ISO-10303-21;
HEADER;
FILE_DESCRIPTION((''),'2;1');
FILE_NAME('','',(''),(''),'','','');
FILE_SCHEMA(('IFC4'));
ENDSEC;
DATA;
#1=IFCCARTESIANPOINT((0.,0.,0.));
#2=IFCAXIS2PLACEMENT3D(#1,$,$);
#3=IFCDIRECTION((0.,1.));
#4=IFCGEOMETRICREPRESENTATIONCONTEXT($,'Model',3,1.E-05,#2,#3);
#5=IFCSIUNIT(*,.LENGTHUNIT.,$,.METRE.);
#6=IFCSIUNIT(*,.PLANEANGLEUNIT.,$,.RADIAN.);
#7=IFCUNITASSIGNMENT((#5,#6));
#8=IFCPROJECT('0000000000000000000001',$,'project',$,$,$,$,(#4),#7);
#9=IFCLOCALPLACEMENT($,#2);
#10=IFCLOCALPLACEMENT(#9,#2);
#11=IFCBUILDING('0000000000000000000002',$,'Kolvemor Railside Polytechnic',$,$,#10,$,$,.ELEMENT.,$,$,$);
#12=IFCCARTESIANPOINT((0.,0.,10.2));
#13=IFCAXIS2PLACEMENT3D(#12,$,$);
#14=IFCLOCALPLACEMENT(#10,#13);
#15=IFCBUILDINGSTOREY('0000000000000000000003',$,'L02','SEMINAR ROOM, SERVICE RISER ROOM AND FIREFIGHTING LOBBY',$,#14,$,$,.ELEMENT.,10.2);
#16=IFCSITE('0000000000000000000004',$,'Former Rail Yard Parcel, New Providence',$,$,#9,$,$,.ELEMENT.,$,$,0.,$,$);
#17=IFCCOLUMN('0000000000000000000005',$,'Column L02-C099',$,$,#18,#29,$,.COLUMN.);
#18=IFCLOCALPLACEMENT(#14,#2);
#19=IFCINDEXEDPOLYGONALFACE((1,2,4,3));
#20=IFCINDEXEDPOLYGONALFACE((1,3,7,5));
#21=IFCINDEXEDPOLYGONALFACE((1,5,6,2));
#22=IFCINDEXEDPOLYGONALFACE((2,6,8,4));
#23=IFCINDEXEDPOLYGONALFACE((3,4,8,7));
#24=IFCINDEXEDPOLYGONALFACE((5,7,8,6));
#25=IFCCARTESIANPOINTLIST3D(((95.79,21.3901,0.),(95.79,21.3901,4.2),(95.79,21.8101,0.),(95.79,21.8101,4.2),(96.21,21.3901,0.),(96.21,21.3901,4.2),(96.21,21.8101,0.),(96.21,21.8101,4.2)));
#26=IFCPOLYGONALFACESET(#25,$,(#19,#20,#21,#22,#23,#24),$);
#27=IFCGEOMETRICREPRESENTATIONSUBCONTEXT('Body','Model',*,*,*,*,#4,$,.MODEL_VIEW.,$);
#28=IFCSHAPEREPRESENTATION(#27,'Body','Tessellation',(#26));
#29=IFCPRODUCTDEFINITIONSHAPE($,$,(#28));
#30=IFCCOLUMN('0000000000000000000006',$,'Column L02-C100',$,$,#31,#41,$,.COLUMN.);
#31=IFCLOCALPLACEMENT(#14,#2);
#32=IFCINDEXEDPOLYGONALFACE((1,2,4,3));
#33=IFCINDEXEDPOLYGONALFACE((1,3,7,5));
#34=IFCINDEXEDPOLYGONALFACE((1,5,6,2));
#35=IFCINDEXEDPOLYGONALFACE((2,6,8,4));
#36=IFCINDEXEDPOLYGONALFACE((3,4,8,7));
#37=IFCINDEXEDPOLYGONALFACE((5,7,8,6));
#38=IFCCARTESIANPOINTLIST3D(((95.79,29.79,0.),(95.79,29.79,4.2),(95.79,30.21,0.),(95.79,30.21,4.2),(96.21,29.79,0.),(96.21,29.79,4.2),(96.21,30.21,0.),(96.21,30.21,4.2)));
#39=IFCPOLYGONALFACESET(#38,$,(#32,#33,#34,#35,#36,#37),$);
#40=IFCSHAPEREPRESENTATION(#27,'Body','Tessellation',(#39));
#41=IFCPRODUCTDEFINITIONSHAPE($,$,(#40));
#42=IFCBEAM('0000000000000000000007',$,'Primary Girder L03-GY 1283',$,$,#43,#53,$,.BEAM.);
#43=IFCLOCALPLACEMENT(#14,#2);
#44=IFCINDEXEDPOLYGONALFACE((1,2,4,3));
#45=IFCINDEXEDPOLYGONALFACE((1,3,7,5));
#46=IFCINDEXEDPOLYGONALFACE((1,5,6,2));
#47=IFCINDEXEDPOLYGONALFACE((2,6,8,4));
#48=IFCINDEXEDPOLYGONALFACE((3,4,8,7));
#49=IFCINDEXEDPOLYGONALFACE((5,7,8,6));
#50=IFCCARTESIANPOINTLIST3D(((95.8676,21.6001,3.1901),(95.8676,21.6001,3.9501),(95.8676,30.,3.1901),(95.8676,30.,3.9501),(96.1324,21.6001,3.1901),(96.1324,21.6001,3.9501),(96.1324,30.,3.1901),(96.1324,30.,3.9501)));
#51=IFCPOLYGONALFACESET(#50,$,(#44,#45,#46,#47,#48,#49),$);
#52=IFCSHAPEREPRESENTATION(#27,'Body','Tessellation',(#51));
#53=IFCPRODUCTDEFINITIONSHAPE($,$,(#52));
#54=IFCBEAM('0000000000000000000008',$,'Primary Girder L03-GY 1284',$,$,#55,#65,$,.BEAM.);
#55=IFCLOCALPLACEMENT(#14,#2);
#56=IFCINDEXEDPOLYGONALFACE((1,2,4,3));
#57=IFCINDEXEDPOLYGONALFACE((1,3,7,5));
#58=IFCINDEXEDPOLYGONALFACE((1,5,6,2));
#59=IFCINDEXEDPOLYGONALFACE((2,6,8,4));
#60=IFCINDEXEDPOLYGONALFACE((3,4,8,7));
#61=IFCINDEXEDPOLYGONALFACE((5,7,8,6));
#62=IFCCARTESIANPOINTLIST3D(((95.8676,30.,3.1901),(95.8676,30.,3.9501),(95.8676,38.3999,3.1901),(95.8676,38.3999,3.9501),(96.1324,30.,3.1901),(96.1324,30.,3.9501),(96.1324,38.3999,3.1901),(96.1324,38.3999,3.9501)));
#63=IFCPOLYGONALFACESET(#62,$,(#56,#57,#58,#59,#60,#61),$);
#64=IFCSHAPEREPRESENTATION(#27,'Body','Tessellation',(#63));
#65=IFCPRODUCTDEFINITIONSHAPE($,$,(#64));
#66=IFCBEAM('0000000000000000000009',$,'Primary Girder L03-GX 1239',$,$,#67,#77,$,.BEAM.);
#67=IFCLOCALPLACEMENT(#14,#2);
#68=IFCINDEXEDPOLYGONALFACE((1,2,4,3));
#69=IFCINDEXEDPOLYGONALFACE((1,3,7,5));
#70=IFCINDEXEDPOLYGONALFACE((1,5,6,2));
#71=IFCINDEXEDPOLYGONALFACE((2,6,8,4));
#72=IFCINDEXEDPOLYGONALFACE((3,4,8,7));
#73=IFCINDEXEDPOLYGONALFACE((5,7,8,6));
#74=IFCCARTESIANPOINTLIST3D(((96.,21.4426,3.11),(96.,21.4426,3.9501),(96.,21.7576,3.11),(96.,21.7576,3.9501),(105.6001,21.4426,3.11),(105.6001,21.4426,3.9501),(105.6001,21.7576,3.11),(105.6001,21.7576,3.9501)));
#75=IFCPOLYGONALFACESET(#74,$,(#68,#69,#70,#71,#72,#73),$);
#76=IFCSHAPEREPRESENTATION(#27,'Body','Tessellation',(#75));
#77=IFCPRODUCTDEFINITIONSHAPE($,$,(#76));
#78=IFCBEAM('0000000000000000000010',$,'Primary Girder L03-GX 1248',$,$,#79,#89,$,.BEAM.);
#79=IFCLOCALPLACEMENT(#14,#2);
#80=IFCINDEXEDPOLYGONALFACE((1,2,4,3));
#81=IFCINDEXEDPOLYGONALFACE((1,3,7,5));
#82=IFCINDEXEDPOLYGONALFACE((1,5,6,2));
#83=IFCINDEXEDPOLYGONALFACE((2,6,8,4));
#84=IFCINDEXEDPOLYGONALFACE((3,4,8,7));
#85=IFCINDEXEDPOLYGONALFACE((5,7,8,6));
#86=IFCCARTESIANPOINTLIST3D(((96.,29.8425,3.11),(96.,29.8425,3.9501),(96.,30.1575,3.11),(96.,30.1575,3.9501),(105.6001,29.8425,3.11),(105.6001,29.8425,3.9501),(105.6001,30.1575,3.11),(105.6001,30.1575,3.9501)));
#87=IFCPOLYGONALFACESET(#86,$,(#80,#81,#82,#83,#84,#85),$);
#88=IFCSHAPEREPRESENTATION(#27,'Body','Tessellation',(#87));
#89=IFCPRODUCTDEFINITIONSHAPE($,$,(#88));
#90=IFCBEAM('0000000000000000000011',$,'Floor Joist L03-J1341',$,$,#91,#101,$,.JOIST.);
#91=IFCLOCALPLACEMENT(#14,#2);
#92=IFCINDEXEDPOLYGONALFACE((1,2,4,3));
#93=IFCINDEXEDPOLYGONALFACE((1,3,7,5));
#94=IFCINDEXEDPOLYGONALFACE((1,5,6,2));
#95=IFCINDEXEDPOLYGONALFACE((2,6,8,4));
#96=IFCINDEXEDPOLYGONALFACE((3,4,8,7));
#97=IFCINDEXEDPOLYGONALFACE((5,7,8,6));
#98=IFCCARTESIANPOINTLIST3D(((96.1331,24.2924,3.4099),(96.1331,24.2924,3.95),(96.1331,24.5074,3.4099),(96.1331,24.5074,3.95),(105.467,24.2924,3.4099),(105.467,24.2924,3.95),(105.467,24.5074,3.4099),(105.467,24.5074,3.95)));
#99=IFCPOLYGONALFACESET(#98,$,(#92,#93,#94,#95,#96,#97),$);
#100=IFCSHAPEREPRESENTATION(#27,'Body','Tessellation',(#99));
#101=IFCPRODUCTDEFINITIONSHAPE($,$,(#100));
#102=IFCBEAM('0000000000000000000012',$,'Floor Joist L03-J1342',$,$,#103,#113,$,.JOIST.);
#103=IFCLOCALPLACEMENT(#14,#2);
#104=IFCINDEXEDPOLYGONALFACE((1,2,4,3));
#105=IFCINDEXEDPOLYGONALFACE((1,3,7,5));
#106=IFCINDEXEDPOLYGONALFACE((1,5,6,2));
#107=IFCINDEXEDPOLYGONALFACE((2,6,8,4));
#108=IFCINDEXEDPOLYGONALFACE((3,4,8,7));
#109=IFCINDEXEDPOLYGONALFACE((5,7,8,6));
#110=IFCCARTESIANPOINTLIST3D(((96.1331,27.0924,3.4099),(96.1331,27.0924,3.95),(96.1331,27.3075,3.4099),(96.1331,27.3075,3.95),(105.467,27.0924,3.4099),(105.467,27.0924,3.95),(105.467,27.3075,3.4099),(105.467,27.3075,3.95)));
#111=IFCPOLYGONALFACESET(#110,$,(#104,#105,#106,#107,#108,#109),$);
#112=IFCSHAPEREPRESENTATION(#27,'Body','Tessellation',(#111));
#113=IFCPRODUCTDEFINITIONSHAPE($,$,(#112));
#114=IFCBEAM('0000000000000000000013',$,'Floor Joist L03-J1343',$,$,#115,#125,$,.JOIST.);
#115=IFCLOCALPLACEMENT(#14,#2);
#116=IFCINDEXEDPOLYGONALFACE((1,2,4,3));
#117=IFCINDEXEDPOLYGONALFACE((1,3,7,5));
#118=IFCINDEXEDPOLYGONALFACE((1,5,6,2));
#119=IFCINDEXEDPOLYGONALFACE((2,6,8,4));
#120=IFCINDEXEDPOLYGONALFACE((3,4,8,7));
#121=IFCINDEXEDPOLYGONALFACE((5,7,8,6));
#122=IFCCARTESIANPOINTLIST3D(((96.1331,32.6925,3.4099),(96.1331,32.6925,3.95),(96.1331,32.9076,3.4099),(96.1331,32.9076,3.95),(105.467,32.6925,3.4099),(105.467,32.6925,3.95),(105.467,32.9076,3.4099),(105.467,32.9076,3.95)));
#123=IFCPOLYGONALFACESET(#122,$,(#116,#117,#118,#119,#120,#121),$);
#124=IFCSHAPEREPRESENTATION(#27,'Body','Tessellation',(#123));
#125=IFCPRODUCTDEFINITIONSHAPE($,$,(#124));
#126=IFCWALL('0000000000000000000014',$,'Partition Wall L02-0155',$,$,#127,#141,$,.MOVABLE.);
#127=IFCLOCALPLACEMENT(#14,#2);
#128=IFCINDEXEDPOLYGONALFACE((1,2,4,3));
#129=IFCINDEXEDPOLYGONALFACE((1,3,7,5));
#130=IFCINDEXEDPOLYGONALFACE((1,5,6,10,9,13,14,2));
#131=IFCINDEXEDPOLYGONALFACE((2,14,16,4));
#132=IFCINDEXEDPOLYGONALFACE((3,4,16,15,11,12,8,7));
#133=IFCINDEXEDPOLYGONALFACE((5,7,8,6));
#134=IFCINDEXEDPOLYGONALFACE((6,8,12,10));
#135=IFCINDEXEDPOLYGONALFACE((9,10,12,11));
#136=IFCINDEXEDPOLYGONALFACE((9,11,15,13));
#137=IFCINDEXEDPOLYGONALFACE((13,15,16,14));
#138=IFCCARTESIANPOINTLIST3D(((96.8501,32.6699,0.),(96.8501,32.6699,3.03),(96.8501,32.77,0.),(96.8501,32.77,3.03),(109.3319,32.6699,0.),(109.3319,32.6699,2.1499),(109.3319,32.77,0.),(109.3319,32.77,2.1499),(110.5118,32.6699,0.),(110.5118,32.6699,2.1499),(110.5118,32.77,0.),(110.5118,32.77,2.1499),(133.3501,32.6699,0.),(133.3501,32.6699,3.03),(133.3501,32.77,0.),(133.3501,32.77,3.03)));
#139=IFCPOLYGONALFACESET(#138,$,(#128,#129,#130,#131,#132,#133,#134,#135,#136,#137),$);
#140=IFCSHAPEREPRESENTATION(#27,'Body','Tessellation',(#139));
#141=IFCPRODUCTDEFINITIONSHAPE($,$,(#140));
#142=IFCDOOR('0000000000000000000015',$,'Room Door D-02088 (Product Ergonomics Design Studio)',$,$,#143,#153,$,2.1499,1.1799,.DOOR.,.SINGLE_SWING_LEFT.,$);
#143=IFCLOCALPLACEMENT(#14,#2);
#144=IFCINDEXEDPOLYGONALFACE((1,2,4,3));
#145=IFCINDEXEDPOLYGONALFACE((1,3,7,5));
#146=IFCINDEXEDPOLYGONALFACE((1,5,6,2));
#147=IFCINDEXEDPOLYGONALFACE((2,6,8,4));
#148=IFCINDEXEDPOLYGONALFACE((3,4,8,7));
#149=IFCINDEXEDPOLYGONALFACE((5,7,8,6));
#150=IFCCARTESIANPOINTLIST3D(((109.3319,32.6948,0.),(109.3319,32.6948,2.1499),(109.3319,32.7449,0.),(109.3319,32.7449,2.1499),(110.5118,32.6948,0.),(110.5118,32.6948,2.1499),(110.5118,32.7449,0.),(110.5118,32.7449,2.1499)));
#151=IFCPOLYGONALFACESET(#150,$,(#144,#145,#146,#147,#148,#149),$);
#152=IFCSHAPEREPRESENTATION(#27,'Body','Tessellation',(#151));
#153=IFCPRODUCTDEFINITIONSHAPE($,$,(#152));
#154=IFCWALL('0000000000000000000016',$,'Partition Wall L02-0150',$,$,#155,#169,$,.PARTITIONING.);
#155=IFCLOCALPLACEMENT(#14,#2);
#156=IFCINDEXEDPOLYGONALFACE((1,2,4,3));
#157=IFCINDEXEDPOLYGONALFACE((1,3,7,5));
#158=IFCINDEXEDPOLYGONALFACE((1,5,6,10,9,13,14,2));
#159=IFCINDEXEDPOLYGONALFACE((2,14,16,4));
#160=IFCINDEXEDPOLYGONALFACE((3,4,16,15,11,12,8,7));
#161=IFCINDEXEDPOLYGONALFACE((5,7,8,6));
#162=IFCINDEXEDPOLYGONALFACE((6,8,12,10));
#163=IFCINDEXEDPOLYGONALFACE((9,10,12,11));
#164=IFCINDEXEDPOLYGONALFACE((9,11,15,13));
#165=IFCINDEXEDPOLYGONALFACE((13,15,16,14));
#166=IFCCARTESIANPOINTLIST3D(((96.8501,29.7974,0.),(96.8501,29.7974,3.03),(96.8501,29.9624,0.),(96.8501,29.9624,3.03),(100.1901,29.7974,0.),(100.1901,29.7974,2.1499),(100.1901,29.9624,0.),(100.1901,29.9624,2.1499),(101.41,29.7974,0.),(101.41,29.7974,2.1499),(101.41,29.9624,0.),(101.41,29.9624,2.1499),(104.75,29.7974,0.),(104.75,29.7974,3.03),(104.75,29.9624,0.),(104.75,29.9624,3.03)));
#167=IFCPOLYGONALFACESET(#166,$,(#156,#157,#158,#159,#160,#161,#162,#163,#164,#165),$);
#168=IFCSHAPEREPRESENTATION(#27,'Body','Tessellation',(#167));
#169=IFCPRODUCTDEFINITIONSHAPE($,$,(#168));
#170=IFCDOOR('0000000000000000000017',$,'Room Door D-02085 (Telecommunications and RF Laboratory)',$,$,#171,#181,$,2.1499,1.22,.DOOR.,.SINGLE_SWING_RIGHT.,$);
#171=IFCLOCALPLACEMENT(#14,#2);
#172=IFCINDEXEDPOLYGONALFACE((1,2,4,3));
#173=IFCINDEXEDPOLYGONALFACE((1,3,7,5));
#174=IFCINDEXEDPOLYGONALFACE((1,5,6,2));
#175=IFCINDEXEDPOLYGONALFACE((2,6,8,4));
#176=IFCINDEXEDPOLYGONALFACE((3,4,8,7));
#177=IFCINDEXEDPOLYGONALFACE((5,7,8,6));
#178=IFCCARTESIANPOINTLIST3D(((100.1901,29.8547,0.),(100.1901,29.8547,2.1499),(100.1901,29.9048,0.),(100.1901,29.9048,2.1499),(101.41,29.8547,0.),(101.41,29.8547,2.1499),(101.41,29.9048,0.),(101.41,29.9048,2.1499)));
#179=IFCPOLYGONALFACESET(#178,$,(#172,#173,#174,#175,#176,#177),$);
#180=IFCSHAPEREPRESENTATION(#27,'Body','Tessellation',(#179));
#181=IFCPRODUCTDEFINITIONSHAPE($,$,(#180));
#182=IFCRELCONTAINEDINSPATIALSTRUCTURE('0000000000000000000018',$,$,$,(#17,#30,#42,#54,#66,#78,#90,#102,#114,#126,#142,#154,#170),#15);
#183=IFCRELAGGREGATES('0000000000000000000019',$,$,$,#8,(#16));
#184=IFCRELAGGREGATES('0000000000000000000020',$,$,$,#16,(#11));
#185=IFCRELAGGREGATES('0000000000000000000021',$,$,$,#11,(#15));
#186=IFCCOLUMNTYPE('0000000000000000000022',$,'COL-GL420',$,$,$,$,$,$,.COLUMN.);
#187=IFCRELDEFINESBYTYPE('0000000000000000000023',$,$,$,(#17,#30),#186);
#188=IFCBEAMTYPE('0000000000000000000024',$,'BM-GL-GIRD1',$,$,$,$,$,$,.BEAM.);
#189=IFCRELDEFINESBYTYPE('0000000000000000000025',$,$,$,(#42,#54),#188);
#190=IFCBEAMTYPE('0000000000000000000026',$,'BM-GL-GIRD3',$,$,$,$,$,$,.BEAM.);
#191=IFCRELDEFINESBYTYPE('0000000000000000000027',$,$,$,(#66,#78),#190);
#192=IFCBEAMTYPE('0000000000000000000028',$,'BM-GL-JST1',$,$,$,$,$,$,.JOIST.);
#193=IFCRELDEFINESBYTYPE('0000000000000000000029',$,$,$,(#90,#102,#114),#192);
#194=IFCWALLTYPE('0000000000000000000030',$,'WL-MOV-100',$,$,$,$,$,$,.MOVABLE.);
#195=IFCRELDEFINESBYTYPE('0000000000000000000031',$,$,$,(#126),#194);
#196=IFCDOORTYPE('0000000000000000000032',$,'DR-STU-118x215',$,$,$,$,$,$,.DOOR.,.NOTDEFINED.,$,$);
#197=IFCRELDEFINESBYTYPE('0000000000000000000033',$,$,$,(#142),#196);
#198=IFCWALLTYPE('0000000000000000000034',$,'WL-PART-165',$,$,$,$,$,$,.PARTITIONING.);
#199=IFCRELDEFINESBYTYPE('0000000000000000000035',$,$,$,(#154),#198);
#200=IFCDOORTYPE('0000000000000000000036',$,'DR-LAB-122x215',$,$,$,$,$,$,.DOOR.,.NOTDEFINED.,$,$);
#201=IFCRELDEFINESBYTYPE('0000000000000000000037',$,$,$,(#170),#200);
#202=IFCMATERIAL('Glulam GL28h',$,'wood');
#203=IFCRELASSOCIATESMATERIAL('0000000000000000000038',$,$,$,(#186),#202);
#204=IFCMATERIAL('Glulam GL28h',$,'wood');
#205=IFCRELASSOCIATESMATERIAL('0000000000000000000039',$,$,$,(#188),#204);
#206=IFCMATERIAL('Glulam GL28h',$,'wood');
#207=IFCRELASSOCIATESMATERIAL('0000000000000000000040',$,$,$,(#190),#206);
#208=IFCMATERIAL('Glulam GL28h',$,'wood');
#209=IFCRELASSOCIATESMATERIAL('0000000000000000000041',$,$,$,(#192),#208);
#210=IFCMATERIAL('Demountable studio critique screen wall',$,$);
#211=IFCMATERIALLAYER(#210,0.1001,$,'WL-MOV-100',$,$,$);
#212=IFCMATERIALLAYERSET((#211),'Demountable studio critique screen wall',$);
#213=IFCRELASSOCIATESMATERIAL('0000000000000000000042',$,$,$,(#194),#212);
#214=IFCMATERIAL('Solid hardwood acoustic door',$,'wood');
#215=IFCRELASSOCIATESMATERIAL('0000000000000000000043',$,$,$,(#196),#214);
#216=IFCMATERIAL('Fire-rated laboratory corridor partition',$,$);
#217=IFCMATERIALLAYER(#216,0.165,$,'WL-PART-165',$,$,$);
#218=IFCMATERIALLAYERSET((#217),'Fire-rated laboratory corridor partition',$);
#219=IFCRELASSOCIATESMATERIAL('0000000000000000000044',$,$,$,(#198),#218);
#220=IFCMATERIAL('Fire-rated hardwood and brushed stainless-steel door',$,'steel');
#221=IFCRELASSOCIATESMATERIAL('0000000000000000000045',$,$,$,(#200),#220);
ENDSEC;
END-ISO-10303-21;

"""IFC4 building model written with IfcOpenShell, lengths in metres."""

from ifc_helpers import new_model, si_unit, direction, frame, frame_2d, origin, origin_2d, place, context, subcontext, project, spatial, rectangle, extrude, material, layer, layer_set, material_profile, profile_set, type_object, element, fill, save


model = new_model("IFC4")

# Units and contexts
model_context = context("Model", 3, precision=1e-05, world=origin(), true_north=direction((0.0, 1.0)))
body_context = subcontext(model_context, "Body", "Model", "MODEL_VIEW")
ifc_project = project(units=[si_unit("LENGTHUNIT", "METRE"), si_unit("PLANEANGLEUNIT", "RADIAN")], contexts=[model_context])

# Site, building, storey
site_placement = place(None, origin())
site = spatial("IfcSite", under=ifc_project, at=site_placement, Name="Former Rail Yard Parcel, New Providence", CompositionType="ELEMENT", RefElevation=0.0)
building_placement = place(site_placement, origin())
building = spatial("IfcBuilding", under=site, at=building_placement, Name="Kolvemor Railside Polytechnic", CompositionType="ELEMENT")
storey_placement = place(building_placement, frame((0.0, 0.0, 10.2)))
storey = spatial("IfcBuildingStorey", under=building, at=storey_placement, Name="L02", Description="SEMINAR ROOM, SERVICE RISER ROOM AND FIREFIGHTING LOBBY", CompositionType="ELEMENT", Elevation=10.2)

# Columns
ifc_material_1 = material(Name="Glulam GL28h", Category="wood")
ifc_material_profile_1 = material_profile(ifc_material_1, rectangle(XDim=0.4199, YDim=0.4199, at=origin_2d()), Name="GL420x420")
ifc_profile_set_1 = profile_set([ifc_material_profile_1], Name="Glulam GL28h")
column_type = type_object("IfcColumnType", Name="COL-GL420", PredefinedType="COLUMN", material=ifc_profile_set_1)
for number, where, z_axis, x_axis, name in (
    (1, (96.0, 21.6001, 0.0), (0.0, 0.0, 1.0), (1.0, 0.0, 0.0), "Column L02-C099"),
    (2, (96.0, 30.0, 0.0), (0.0, 0.0, 1.0), (1.0, 0.0, 0.0), "Column L02-C100"),
):
    element("IfcColumn", number, at=place(storey_placement, frame(where, z_axis=z_axis, x_axis=x_axis)), inside=storey, type_object=column_type, Name=name, PredefinedType="COLUMN", context=body_context, shape_type="SweptSolid", body=[
        extrude(rectangle(XDim=0.4199, YDim=0.4199, at=origin_2d()), origin(), (0.0, 0.0, 1.0), 4.2),
    ])

# Beams
ifc_material_2 = material(Name="Glulam GL28h", Category="wood")
ifc_material_profile_2 = material_profile(ifc_material_2, rectangle(XDim=0.2649, YDim=0.76, at=origin_2d()), Name="GL265x760")
ifc_profile_set_2 = profile_set([ifc_material_profile_2], Name="Glulam GL28h")
beam_type_1 = type_object("IfcBeamType", Name="BM-GL-GIRD1", PredefinedType="BEAM", material=ifc_profile_set_2)
for number, where, z_axis, x_axis, name in (
    (3, (96.0, 21.6001, 3.5701), (0.0, 1.0, 0.0), (-1.0, 0.0, 0.0), "Primary Girder L03-GY 1283"),
    (4, (96.0, 30.0, 3.5701), (0.0, 1.0, 0.0), (-1.0, 0.0, 0.0), "Primary Girder L03-GY 1284"),
):
    element("IfcBeam", number, at=place(storey_placement, frame(where, z_axis=z_axis, x_axis=x_axis)), inside=storey, type_object=beam_type_1, Name=name, PredefinedType="BEAM", context=body_context, shape_type="SweptSolid", body=[
        extrude(rectangle(XDim=0.2649, YDim=0.76, at=origin_2d()), origin(), (0.0, 0.0, 1.0), 8.3999),
    ])
ifc_material_3 = material(Name="Glulam GL28h", Category="wood")
ifc_material_profile_3 = material_profile(ifc_material_3, rectangle(XDim=0.3149, YDim=0.8401, at=origin_2d()), Name="GL315x840")
ifc_profile_set_3 = profile_set([ifc_material_profile_3], Name="Glulam GL28h")
beam_type_2 = type_object("IfcBeamType", Name="BM-GL-GIRD3", PredefinedType="BEAM", material=ifc_profile_set_3)
for number, where, z_axis, x_axis, name in (
    (5, (96.0, 21.6001, 3.53), (1.0, 0.0, 0.0), (0.0, 1.0, 0.0), "Primary Girder L03-GX 1239"),
    (6, (96.0, 30.0, 3.53), (1.0, 0.0, 0.0), (0.0, 1.0, 0.0), "Primary Girder L03-GX 1248"),
):
    element("IfcBeam", number, at=place(storey_placement, frame(where, z_axis=z_axis, x_axis=x_axis)), inside=storey, type_object=beam_type_2, Name=name, PredefinedType="BEAM", context=body_context, shape_type="SweptSolid", body=[
        extrude(rectangle(XDim=0.3149, YDim=0.8401, at=origin_2d()), origin(), (0.0, 0.0, 1.0), 9.6001),
    ])
ifc_material_4 = material(Name="Glulam GL28h", Category="wood")
ifc_material_profile_4 = material_profile(ifc_material_4, rectangle(XDim=0.2151, YDim=0.54, at=origin_2d()), Name="GL215x540")
ifc_profile_set_4 = profile_set([ifc_material_profile_4], Name="Glulam GL28h")
beam_type_3 = type_object("IfcBeamType", Name="BM-GL-JST1", PredefinedType="JOIST", material=ifc_profile_set_4)
for number, where, z_axis, x_axis, name in (
    (7, (96.1331, 24.3999, 3.6799), (1.0, 0.0, 0.0), (0.0, 1.0, 0.0), "Floor Joist L03-J1341"),
    (8, (96.1331, 27.2, 3.6799), (1.0, 0.0, 0.0), (0.0, 1.0, 0.0), "Floor Joist L03-J1342"),
    (9, (96.1331, 32.8, 3.6799), (1.0, 0.0, 0.0), (0.0, 1.0, 0.0), "Floor Joist L03-J1343"),
):
    element("IfcBeam", number, at=place(storey_placement, frame(where, z_axis=z_axis, x_axis=x_axis)), inside=storey, type_object=beam_type_3, Name=name, PredefinedType="JOIST", context=body_context, shape_type="SweptSolid", body=[
        extrude(rectangle(XDim=0.2151, YDim=0.54, at=origin_2d()), origin(), (0.0, 0.0, 1.0), 9.334),
    ])

# Walls, openings, doors
ifc_material_5 = material(Name="Demountable studio critique screen wall")
ifc_layer_1 = layer(ifc_material_5, 0.1001, Name="WL-MOV-100")
ifc_layer_set_1 = layer_set([ifc_layer_1], Name="Demountable studio critique screen wall")
wall_type_1 = type_object("IfcWallType", Name="WL-MOV-100", PredefinedType="MOVABLE", material=ifc_layer_set_1)
wall_1_placement = place(storey_placement, frame((96.8501, 32.72, 0.0), z_axis=(0.0, 0.0, 1.0), x_axis=(1.0, 0.0, 0.0)))
wall_1 = element("IfcWall", 10, at=wall_1_placement, inside=storey, type_object=wall_type_1, Name="Partition Wall L02-0155", PredefinedType="MOVABLE", context=body_context, shape_type="SweptSolid", body=[
    extrude(rectangle(XDim=36.5, YDim=0.1001, at=frame_2d((18.25, 0.0))), origin(), (0.0, 0.0, 1.0), 3.03),
])
opening_1_placement = place(wall_1_placement, frame((12.4819, 0.0, 0.0)))
opening_1 = element("IfcOpeningElement", 11, at=opening_1_placement, cuts=wall_1, PredefinedType="OPENING", context=body_context, shape_type="SweptSolid", body=[
    extrude(rectangle(XDim=1.1799, YDim=2.1499, at=frame_2d((0.5898, 1.075))), frame((0.0, 0.0601, 0.0), z_axis=(0.0, -1.0, 0.0), x_axis=(1.0, 0.0, 0.0)), (0.0, 0.0, 1.0), 0.1201),
])
ifc_material_6 = material(Name="Solid hardwood acoustic door", Category="wood")
door_type_1 = type_object("IfcDoorType", Name="DR-STU-118x215", OperationType="NOTDEFINED", PredefinedType="DOOR", material=ifc_material_6)
door_1_placement = place(opening_1_placement, origin())
door_1 = element("IfcDoor", 12, at=door_1_placement, inside=storey, type_object=door_type_1, Name="Room Door D-02088 (Product Ergonomics Design Studio)", OperationType="SINGLE_SWING_LEFT", OverallHeight=2.1499, OverallWidth=1.1799, PredefinedType="DOOR", context=body_context, shape_type="SweptSolid", body=[
    extrude(rectangle(XDim=1.1799, YDim=2.1499, at=frame_2d((0.5898, 1.075))), frame((0.0, 0.0249, 0.0), z_axis=(0.0, -1.0, 0.0), x_axis=(1.0, 0.0, 0.0)), (0.0, 0.0, 1.0), 0.05),
])
fill(opening_1, door_1)
ifc_material_7 = material(Name="Fire-rated laboratory corridor partition")
ifc_layer_2 = layer(ifc_material_7, 0.165, Name="WL-PART-165")
ifc_layer_set_2 = layer_set([ifc_layer_2], Name="Fire-rated laboratory corridor partition")
wall_type_2 = type_object("IfcWallType", Name="WL-PART-165", PredefinedType="PARTITIONING", material=ifc_layer_set_2)
wall_2_placement = place(storey_placement, frame((96.8501, 29.8799, 0.0), z_axis=(0.0, 0.0, 1.0), x_axis=(1.0, 0.0, 0.0)))
wall_2 = element("IfcWall", 13, at=wall_2_placement, inside=storey, type_object=wall_type_2, Name="Partition Wall L02-0150", PredefinedType="PARTITIONING", context=body_context, shape_type="SweptSolid", body=[
    extrude(rectangle(XDim=7.8999, YDim=0.165, at=frame_2d((3.95, 0.0))), origin(), (0.0, 0.0, 1.0), 3.03),
])
opening_2_placement = place(wall_2_placement, frame((3.3401, 0.0, 0.0)))
opening_2 = element("IfcOpeningElement", 14, at=opening_2_placement, cuts=wall_2, PredefinedType="OPENING", context=body_context, shape_type="SweptSolid", body=[
    extrude(rectangle(XDim=1.22, YDim=2.1499, at=frame_2d((0.6099, 1.075))), frame((0.0, 0.0925, 0.0), z_axis=(0.0, -1.0, 0.0), x_axis=(1.0, 0.0, 0.0)), (0.0, 0.0, 1.0), 0.1851),
])
ifc_material_8 = material(Name="Fire-rated hardwood and brushed stainless-steel door", Category="steel")
door_type_2 = type_object("IfcDoorType", Name="DR-LAB-122x215", OperationType="NOTDEFINED", PredefinedType="DOOR", material=ifc_material_8)
door_2_placement = place(opening_2_placement, origin())
door_2 = element("IfcDoor", 15, at=door_2_placement, inside=storey, type_object=door_type_2, Name="Room Door D-02085 (Telecommunications and RF Laboratory)", OperationType="SINGLE_SWING_RIGHT", OverallHeight=2.1499, OverallWidth=1.22, PredefinedType="DOOR", context=body_context, shape_type="SweptSolid", body=[
    extrude(rectangle(XDim=1.22, YDim=2.1499, at=frame_2d((0.6099, 1.075))), frame((0.0, 0.0249, 0.0), z_axis=(0.0, -1.0, 0.0), x_axis=(1.0, 0.0, 0.0)), (0.0, 0.0, 1.0), 0.05),
])
fill(opening_2, door_2)

save(model, "model.ifc")
